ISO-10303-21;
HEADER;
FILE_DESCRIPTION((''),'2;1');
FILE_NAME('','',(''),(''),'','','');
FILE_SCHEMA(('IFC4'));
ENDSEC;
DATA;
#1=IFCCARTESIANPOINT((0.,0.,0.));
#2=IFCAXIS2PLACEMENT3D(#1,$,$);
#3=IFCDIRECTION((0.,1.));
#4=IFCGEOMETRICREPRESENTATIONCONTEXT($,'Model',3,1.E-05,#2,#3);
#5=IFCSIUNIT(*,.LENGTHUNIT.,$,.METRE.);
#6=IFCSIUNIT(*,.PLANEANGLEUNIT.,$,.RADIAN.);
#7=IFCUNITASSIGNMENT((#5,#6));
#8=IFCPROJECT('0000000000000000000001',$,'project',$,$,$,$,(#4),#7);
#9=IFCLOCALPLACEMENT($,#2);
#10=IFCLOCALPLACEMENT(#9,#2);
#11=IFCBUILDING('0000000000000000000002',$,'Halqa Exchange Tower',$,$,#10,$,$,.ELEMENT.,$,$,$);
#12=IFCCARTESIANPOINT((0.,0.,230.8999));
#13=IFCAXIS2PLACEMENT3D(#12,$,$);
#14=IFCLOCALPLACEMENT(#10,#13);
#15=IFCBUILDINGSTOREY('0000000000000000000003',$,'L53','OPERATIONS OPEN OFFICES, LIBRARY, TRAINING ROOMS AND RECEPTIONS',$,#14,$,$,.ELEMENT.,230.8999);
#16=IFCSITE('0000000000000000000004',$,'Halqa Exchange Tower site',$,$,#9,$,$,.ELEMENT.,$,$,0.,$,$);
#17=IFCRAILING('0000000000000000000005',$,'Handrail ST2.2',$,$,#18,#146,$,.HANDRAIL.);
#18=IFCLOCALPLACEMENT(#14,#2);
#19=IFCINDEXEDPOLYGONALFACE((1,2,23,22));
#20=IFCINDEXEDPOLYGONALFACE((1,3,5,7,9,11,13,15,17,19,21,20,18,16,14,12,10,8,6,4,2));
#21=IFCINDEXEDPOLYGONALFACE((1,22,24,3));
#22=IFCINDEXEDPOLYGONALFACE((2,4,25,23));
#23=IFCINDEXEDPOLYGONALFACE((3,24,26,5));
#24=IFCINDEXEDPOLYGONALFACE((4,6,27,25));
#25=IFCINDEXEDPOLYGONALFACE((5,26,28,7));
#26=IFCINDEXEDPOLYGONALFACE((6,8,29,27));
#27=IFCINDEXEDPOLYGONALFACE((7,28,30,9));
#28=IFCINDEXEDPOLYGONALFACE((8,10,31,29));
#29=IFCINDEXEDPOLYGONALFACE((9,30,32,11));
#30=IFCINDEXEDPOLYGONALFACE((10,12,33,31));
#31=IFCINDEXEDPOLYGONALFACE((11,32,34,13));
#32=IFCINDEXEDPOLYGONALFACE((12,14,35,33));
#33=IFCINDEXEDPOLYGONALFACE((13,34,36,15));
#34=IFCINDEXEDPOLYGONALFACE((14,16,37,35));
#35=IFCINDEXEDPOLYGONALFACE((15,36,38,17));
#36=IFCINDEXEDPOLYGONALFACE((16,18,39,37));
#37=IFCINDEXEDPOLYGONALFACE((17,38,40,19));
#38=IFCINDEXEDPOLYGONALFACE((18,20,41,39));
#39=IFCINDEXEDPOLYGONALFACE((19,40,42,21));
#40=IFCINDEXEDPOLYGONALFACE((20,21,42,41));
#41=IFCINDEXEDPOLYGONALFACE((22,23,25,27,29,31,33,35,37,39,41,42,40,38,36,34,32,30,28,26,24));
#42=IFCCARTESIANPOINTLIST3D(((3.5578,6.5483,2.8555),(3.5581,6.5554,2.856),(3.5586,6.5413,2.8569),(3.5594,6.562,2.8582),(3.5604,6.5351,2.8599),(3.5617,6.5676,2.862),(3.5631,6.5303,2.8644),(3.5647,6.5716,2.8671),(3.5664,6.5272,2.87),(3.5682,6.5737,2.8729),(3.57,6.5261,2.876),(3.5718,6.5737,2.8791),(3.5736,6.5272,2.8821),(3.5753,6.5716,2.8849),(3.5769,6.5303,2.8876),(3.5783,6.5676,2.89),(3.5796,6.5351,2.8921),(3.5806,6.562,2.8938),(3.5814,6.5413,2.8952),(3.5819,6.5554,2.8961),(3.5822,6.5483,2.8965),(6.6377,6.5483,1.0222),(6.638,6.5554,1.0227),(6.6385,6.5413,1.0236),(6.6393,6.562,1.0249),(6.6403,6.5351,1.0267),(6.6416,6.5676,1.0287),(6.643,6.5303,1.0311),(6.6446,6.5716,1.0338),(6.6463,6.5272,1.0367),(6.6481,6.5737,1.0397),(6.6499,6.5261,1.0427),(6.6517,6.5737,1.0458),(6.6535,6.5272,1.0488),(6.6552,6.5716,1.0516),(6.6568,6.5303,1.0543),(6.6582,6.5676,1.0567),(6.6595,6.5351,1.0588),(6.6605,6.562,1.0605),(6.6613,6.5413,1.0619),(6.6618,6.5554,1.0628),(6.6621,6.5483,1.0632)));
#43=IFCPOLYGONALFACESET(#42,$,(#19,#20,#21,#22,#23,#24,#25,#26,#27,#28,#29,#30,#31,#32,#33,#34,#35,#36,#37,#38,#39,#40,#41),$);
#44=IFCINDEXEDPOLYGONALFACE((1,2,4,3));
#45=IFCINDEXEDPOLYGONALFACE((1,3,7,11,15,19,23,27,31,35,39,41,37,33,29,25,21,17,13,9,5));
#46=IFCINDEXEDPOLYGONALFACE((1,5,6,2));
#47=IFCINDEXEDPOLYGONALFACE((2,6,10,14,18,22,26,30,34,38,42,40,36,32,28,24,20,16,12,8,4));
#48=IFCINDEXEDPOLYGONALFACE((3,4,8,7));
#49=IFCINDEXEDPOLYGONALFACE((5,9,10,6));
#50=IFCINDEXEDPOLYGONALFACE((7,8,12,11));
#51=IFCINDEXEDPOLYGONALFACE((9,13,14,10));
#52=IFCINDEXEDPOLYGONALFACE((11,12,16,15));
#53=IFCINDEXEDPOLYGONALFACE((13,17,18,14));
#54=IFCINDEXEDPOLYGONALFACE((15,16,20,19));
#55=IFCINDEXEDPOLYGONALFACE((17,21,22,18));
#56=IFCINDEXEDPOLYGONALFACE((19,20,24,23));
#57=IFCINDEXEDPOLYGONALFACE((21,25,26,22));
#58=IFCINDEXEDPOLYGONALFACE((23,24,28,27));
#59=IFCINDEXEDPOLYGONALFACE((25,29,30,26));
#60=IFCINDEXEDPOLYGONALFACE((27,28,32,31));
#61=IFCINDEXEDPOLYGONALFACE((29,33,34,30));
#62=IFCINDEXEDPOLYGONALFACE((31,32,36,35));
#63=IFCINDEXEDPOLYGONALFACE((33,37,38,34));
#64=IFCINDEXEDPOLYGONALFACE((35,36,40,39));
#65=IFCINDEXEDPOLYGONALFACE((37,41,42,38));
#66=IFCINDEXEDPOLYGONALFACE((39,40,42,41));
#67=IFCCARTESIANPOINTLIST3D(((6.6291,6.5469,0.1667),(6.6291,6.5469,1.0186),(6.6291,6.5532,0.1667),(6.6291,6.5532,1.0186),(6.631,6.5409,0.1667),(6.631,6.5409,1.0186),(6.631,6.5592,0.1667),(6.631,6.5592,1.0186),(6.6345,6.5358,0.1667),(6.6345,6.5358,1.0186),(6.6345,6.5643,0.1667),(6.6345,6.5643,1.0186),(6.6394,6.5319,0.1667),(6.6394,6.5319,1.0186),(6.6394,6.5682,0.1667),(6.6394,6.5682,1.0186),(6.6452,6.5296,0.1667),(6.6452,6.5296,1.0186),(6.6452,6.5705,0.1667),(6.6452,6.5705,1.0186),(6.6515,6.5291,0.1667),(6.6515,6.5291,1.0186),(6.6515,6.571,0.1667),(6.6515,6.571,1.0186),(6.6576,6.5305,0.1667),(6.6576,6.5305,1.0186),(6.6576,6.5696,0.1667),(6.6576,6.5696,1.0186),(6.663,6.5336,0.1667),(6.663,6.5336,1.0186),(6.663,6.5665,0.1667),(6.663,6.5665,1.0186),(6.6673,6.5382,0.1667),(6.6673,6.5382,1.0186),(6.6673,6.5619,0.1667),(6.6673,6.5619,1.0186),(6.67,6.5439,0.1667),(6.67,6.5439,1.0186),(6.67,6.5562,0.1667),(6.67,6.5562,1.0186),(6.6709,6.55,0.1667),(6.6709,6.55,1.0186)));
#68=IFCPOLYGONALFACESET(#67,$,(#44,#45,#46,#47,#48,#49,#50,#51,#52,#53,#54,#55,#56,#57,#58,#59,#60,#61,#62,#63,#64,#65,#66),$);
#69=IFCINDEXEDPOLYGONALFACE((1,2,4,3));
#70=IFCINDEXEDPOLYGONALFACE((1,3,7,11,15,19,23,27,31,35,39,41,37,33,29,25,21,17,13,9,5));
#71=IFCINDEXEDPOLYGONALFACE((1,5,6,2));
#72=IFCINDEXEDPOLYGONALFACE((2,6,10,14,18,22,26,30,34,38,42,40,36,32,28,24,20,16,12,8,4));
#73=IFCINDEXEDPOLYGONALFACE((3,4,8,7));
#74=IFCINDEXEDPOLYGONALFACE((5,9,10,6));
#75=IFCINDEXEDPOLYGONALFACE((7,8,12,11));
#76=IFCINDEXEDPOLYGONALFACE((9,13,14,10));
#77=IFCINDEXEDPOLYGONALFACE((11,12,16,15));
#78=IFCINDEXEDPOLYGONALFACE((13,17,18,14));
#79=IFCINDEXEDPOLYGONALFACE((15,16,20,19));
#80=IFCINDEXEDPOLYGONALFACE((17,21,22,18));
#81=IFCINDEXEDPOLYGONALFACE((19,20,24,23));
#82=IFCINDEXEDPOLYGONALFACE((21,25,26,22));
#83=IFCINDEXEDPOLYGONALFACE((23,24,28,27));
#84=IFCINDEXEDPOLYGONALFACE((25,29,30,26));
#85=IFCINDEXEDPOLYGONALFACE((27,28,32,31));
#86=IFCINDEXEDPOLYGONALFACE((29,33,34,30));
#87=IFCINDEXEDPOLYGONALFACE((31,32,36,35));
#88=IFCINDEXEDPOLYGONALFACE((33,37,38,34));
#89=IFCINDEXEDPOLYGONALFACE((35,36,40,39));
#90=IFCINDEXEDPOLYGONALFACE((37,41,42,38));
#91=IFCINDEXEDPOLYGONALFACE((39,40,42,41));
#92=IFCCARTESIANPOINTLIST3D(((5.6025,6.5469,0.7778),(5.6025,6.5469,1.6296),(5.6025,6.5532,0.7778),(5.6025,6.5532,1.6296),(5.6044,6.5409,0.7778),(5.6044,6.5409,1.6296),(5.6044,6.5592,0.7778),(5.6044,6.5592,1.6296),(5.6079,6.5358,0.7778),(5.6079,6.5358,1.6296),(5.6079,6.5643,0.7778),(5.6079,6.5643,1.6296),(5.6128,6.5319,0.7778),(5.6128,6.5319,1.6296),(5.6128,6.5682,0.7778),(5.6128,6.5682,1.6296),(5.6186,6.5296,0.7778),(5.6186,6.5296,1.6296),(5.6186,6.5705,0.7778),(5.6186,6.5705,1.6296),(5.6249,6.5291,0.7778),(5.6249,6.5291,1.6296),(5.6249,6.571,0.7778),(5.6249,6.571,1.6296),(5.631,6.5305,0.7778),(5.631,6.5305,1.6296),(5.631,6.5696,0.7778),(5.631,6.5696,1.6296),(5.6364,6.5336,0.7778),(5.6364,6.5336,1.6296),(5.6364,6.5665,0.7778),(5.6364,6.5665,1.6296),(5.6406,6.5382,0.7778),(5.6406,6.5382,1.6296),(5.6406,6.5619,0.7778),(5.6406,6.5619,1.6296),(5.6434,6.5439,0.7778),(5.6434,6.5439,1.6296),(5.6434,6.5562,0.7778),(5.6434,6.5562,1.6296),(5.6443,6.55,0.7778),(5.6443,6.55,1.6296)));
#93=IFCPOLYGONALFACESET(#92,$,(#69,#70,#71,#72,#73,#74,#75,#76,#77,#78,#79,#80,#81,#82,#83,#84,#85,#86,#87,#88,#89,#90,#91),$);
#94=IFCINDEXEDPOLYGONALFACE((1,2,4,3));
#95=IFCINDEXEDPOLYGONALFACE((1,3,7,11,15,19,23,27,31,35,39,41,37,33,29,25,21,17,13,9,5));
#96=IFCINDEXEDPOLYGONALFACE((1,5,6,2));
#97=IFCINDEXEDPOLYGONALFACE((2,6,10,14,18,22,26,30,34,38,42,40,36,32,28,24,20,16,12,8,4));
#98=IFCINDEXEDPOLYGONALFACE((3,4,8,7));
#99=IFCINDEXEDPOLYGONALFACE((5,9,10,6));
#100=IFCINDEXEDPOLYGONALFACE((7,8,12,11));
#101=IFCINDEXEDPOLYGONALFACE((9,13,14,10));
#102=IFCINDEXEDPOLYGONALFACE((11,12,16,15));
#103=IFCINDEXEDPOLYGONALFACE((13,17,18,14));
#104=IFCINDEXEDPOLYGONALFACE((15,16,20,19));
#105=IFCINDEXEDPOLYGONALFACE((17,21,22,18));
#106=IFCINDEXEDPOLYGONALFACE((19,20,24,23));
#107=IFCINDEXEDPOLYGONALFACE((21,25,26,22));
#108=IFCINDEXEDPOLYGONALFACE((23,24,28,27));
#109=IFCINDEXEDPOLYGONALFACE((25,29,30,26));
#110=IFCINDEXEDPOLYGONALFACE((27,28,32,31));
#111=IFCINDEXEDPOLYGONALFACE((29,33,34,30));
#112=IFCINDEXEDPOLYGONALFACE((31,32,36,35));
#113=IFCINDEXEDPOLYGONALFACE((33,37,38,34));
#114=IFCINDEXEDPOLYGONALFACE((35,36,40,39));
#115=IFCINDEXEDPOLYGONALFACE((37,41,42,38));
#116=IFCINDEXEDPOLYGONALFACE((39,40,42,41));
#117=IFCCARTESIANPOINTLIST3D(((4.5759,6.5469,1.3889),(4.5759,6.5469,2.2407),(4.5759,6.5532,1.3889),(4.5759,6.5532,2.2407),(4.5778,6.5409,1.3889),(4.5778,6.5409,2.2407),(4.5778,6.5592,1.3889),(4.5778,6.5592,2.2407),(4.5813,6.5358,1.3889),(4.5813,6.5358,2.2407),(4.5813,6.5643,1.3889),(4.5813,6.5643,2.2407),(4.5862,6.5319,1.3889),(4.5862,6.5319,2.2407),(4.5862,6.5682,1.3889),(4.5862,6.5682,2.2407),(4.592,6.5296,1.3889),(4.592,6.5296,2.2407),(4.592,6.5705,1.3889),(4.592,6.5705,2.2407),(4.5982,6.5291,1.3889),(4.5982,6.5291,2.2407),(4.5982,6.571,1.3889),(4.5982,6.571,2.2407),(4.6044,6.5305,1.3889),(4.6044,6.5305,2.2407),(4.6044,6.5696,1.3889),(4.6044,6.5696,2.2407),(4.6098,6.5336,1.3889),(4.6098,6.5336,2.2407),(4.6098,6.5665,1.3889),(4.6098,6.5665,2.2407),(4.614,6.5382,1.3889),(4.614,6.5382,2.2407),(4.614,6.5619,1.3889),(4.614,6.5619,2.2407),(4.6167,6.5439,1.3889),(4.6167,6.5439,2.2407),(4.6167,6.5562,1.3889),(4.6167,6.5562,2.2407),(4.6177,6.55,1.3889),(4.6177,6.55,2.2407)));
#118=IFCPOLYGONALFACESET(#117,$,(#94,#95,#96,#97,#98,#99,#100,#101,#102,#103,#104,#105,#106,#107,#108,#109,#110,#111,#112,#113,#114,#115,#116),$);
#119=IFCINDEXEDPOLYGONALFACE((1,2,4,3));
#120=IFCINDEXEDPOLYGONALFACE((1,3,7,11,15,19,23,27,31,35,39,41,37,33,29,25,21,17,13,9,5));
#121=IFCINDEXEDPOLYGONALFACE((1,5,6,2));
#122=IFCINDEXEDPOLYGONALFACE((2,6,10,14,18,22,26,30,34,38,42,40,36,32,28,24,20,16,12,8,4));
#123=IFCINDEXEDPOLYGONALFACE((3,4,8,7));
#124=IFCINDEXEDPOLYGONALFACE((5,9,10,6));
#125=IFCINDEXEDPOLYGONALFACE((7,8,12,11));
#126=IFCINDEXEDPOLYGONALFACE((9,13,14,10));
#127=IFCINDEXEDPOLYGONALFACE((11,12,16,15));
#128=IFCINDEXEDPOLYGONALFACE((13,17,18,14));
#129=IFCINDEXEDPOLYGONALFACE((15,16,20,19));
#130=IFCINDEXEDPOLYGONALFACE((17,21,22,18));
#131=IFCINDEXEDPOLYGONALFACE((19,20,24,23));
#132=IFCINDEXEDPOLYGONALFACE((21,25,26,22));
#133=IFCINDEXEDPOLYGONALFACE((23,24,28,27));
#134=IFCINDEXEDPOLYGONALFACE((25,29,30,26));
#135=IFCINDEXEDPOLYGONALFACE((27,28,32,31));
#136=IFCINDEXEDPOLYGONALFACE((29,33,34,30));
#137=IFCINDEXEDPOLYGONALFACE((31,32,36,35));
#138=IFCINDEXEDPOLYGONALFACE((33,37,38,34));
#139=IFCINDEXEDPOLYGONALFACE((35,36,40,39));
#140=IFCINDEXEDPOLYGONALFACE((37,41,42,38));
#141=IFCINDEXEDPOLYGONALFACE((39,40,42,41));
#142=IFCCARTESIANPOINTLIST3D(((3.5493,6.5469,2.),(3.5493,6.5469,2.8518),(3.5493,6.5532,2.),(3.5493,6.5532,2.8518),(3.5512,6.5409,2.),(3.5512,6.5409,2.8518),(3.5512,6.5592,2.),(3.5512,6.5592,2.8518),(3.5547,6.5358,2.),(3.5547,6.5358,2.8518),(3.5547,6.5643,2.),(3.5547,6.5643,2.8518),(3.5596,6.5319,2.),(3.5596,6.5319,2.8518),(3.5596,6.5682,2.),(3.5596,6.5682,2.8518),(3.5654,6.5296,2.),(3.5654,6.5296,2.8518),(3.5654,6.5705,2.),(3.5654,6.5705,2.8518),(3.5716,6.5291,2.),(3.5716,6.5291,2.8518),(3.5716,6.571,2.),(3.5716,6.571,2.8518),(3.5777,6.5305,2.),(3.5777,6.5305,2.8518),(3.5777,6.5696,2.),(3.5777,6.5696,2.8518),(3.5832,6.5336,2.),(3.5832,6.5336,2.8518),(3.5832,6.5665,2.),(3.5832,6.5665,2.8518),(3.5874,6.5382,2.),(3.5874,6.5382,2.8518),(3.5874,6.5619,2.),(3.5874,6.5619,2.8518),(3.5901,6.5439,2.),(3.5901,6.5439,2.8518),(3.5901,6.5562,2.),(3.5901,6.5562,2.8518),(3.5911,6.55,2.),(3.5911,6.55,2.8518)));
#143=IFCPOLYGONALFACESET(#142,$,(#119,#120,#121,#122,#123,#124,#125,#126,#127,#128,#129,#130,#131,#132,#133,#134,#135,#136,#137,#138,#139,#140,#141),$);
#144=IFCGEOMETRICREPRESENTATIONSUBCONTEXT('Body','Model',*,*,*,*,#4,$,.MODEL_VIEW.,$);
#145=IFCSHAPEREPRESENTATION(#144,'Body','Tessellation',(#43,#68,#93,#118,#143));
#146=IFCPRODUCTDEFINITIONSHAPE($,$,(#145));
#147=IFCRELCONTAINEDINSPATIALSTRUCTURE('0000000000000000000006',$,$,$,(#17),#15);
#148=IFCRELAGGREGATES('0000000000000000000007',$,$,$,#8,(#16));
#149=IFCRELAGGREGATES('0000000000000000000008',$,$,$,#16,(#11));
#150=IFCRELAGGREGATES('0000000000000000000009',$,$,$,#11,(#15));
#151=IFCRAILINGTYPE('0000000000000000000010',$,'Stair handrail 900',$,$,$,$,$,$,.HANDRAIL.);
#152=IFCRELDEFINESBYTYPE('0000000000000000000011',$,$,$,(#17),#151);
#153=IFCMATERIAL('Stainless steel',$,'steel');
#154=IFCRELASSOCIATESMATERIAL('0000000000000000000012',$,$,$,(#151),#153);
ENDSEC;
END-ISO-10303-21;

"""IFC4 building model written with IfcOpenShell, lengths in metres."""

from ifc_helpers import new_model, si_unit, direction, frame, origin, origin_2d, place, context, subcontext, project, spatial, circle, extrude, material, type_object, element, save


model = new_model("IFC4")

# Units and contexts
model_context = context("Model", 3, precision=1e-05, world=origin(), true_north=direction((0.0, 1.0)))
body_context = subcontext(model_context, "Body", "Model", "MODEL_VIEW")
ifc_project = project(units=[si_unit("LENGTHUNIT", "METRE"), si_unit("PLANEANGLEUNIT", "RADIAN")], contexts=[model_context])

# Site, building, storey
site_placement = place(None, origin())
site = spatial("IfcSite", under=ifc_project, at=site_placement, Name="Halqa Exchange Tower site", CompositionType="ELEMENT", RefElevation=0.0)
building_placement = place(site_placement, origin())
building = spatial("IfcBuilding", under=site, at=building_placement, Name="Halqa Exchange Tower", CompositionType="ELEMENT")
storey_placement = place(building_placement, frame((0.0, 0.0, 230.8999)))
storey = spatial("IfcBuildingStorey", under=building, at=storey_placement, Name="L53", Description="OPERATIONS OPEN OFFICES, LIBRARY, TRAINING ROOMS AND RECEPTIONS", CompositionType="ELEMENT", Elevation=230.8999)

# Railing
ifc_material_1 = material(Name="Stainless steel", Category="steel")
railing_type_1 = type_object("IfcRailingType", Name="Stair handrail 900", PredefinedType="HANDRAIL", material=ifc_material_1)
railing_1_placement = place(storey_placement, frame((6.6499, 6.55, 0.1667)))
element("IfcRailing", 1, at=railing_1_placement, inside=storey, type_object=railing_type_1, Name="Handrail ST2.2", PredefinedType="HANDRAIL", context=body_context, shape_type="SweptSolid", body=[
    extrude(circle(Radius=0.0239, at=origin_2d()), frame((0.0, 0.0, 0.876), z_axis=(-0.859291, 0.0, 0.511487), x_axis=(0.0, -1.0, 0.0)), (0.0, 0.0, 1.0), 3.5842),
    extrude(circle(Radius=0.021, at=origin_2d()), origin(), (0.0, 0.0, 1.0), 0.8518),
    extrude(circle(Radius=0.021, at=origin_2d()), frame((-1.0266, 0.0, 0.6111)), (0.0, 0.0, 1.0), 0.8518),
    extrude(circle(Radius=0.021, at=origin_2d()), frame((-2.0532, 0.0, 1.2222)), (0.0, 0.0, 1.0), 0.8518),
    extrude(circle(Radius=0.021, at=origin_2d()), frame((-3.0798, 0.0, 1.8333)), (0.0, 0.0, 1.0), 0.8518),
])

save(model, "model.ifc")
